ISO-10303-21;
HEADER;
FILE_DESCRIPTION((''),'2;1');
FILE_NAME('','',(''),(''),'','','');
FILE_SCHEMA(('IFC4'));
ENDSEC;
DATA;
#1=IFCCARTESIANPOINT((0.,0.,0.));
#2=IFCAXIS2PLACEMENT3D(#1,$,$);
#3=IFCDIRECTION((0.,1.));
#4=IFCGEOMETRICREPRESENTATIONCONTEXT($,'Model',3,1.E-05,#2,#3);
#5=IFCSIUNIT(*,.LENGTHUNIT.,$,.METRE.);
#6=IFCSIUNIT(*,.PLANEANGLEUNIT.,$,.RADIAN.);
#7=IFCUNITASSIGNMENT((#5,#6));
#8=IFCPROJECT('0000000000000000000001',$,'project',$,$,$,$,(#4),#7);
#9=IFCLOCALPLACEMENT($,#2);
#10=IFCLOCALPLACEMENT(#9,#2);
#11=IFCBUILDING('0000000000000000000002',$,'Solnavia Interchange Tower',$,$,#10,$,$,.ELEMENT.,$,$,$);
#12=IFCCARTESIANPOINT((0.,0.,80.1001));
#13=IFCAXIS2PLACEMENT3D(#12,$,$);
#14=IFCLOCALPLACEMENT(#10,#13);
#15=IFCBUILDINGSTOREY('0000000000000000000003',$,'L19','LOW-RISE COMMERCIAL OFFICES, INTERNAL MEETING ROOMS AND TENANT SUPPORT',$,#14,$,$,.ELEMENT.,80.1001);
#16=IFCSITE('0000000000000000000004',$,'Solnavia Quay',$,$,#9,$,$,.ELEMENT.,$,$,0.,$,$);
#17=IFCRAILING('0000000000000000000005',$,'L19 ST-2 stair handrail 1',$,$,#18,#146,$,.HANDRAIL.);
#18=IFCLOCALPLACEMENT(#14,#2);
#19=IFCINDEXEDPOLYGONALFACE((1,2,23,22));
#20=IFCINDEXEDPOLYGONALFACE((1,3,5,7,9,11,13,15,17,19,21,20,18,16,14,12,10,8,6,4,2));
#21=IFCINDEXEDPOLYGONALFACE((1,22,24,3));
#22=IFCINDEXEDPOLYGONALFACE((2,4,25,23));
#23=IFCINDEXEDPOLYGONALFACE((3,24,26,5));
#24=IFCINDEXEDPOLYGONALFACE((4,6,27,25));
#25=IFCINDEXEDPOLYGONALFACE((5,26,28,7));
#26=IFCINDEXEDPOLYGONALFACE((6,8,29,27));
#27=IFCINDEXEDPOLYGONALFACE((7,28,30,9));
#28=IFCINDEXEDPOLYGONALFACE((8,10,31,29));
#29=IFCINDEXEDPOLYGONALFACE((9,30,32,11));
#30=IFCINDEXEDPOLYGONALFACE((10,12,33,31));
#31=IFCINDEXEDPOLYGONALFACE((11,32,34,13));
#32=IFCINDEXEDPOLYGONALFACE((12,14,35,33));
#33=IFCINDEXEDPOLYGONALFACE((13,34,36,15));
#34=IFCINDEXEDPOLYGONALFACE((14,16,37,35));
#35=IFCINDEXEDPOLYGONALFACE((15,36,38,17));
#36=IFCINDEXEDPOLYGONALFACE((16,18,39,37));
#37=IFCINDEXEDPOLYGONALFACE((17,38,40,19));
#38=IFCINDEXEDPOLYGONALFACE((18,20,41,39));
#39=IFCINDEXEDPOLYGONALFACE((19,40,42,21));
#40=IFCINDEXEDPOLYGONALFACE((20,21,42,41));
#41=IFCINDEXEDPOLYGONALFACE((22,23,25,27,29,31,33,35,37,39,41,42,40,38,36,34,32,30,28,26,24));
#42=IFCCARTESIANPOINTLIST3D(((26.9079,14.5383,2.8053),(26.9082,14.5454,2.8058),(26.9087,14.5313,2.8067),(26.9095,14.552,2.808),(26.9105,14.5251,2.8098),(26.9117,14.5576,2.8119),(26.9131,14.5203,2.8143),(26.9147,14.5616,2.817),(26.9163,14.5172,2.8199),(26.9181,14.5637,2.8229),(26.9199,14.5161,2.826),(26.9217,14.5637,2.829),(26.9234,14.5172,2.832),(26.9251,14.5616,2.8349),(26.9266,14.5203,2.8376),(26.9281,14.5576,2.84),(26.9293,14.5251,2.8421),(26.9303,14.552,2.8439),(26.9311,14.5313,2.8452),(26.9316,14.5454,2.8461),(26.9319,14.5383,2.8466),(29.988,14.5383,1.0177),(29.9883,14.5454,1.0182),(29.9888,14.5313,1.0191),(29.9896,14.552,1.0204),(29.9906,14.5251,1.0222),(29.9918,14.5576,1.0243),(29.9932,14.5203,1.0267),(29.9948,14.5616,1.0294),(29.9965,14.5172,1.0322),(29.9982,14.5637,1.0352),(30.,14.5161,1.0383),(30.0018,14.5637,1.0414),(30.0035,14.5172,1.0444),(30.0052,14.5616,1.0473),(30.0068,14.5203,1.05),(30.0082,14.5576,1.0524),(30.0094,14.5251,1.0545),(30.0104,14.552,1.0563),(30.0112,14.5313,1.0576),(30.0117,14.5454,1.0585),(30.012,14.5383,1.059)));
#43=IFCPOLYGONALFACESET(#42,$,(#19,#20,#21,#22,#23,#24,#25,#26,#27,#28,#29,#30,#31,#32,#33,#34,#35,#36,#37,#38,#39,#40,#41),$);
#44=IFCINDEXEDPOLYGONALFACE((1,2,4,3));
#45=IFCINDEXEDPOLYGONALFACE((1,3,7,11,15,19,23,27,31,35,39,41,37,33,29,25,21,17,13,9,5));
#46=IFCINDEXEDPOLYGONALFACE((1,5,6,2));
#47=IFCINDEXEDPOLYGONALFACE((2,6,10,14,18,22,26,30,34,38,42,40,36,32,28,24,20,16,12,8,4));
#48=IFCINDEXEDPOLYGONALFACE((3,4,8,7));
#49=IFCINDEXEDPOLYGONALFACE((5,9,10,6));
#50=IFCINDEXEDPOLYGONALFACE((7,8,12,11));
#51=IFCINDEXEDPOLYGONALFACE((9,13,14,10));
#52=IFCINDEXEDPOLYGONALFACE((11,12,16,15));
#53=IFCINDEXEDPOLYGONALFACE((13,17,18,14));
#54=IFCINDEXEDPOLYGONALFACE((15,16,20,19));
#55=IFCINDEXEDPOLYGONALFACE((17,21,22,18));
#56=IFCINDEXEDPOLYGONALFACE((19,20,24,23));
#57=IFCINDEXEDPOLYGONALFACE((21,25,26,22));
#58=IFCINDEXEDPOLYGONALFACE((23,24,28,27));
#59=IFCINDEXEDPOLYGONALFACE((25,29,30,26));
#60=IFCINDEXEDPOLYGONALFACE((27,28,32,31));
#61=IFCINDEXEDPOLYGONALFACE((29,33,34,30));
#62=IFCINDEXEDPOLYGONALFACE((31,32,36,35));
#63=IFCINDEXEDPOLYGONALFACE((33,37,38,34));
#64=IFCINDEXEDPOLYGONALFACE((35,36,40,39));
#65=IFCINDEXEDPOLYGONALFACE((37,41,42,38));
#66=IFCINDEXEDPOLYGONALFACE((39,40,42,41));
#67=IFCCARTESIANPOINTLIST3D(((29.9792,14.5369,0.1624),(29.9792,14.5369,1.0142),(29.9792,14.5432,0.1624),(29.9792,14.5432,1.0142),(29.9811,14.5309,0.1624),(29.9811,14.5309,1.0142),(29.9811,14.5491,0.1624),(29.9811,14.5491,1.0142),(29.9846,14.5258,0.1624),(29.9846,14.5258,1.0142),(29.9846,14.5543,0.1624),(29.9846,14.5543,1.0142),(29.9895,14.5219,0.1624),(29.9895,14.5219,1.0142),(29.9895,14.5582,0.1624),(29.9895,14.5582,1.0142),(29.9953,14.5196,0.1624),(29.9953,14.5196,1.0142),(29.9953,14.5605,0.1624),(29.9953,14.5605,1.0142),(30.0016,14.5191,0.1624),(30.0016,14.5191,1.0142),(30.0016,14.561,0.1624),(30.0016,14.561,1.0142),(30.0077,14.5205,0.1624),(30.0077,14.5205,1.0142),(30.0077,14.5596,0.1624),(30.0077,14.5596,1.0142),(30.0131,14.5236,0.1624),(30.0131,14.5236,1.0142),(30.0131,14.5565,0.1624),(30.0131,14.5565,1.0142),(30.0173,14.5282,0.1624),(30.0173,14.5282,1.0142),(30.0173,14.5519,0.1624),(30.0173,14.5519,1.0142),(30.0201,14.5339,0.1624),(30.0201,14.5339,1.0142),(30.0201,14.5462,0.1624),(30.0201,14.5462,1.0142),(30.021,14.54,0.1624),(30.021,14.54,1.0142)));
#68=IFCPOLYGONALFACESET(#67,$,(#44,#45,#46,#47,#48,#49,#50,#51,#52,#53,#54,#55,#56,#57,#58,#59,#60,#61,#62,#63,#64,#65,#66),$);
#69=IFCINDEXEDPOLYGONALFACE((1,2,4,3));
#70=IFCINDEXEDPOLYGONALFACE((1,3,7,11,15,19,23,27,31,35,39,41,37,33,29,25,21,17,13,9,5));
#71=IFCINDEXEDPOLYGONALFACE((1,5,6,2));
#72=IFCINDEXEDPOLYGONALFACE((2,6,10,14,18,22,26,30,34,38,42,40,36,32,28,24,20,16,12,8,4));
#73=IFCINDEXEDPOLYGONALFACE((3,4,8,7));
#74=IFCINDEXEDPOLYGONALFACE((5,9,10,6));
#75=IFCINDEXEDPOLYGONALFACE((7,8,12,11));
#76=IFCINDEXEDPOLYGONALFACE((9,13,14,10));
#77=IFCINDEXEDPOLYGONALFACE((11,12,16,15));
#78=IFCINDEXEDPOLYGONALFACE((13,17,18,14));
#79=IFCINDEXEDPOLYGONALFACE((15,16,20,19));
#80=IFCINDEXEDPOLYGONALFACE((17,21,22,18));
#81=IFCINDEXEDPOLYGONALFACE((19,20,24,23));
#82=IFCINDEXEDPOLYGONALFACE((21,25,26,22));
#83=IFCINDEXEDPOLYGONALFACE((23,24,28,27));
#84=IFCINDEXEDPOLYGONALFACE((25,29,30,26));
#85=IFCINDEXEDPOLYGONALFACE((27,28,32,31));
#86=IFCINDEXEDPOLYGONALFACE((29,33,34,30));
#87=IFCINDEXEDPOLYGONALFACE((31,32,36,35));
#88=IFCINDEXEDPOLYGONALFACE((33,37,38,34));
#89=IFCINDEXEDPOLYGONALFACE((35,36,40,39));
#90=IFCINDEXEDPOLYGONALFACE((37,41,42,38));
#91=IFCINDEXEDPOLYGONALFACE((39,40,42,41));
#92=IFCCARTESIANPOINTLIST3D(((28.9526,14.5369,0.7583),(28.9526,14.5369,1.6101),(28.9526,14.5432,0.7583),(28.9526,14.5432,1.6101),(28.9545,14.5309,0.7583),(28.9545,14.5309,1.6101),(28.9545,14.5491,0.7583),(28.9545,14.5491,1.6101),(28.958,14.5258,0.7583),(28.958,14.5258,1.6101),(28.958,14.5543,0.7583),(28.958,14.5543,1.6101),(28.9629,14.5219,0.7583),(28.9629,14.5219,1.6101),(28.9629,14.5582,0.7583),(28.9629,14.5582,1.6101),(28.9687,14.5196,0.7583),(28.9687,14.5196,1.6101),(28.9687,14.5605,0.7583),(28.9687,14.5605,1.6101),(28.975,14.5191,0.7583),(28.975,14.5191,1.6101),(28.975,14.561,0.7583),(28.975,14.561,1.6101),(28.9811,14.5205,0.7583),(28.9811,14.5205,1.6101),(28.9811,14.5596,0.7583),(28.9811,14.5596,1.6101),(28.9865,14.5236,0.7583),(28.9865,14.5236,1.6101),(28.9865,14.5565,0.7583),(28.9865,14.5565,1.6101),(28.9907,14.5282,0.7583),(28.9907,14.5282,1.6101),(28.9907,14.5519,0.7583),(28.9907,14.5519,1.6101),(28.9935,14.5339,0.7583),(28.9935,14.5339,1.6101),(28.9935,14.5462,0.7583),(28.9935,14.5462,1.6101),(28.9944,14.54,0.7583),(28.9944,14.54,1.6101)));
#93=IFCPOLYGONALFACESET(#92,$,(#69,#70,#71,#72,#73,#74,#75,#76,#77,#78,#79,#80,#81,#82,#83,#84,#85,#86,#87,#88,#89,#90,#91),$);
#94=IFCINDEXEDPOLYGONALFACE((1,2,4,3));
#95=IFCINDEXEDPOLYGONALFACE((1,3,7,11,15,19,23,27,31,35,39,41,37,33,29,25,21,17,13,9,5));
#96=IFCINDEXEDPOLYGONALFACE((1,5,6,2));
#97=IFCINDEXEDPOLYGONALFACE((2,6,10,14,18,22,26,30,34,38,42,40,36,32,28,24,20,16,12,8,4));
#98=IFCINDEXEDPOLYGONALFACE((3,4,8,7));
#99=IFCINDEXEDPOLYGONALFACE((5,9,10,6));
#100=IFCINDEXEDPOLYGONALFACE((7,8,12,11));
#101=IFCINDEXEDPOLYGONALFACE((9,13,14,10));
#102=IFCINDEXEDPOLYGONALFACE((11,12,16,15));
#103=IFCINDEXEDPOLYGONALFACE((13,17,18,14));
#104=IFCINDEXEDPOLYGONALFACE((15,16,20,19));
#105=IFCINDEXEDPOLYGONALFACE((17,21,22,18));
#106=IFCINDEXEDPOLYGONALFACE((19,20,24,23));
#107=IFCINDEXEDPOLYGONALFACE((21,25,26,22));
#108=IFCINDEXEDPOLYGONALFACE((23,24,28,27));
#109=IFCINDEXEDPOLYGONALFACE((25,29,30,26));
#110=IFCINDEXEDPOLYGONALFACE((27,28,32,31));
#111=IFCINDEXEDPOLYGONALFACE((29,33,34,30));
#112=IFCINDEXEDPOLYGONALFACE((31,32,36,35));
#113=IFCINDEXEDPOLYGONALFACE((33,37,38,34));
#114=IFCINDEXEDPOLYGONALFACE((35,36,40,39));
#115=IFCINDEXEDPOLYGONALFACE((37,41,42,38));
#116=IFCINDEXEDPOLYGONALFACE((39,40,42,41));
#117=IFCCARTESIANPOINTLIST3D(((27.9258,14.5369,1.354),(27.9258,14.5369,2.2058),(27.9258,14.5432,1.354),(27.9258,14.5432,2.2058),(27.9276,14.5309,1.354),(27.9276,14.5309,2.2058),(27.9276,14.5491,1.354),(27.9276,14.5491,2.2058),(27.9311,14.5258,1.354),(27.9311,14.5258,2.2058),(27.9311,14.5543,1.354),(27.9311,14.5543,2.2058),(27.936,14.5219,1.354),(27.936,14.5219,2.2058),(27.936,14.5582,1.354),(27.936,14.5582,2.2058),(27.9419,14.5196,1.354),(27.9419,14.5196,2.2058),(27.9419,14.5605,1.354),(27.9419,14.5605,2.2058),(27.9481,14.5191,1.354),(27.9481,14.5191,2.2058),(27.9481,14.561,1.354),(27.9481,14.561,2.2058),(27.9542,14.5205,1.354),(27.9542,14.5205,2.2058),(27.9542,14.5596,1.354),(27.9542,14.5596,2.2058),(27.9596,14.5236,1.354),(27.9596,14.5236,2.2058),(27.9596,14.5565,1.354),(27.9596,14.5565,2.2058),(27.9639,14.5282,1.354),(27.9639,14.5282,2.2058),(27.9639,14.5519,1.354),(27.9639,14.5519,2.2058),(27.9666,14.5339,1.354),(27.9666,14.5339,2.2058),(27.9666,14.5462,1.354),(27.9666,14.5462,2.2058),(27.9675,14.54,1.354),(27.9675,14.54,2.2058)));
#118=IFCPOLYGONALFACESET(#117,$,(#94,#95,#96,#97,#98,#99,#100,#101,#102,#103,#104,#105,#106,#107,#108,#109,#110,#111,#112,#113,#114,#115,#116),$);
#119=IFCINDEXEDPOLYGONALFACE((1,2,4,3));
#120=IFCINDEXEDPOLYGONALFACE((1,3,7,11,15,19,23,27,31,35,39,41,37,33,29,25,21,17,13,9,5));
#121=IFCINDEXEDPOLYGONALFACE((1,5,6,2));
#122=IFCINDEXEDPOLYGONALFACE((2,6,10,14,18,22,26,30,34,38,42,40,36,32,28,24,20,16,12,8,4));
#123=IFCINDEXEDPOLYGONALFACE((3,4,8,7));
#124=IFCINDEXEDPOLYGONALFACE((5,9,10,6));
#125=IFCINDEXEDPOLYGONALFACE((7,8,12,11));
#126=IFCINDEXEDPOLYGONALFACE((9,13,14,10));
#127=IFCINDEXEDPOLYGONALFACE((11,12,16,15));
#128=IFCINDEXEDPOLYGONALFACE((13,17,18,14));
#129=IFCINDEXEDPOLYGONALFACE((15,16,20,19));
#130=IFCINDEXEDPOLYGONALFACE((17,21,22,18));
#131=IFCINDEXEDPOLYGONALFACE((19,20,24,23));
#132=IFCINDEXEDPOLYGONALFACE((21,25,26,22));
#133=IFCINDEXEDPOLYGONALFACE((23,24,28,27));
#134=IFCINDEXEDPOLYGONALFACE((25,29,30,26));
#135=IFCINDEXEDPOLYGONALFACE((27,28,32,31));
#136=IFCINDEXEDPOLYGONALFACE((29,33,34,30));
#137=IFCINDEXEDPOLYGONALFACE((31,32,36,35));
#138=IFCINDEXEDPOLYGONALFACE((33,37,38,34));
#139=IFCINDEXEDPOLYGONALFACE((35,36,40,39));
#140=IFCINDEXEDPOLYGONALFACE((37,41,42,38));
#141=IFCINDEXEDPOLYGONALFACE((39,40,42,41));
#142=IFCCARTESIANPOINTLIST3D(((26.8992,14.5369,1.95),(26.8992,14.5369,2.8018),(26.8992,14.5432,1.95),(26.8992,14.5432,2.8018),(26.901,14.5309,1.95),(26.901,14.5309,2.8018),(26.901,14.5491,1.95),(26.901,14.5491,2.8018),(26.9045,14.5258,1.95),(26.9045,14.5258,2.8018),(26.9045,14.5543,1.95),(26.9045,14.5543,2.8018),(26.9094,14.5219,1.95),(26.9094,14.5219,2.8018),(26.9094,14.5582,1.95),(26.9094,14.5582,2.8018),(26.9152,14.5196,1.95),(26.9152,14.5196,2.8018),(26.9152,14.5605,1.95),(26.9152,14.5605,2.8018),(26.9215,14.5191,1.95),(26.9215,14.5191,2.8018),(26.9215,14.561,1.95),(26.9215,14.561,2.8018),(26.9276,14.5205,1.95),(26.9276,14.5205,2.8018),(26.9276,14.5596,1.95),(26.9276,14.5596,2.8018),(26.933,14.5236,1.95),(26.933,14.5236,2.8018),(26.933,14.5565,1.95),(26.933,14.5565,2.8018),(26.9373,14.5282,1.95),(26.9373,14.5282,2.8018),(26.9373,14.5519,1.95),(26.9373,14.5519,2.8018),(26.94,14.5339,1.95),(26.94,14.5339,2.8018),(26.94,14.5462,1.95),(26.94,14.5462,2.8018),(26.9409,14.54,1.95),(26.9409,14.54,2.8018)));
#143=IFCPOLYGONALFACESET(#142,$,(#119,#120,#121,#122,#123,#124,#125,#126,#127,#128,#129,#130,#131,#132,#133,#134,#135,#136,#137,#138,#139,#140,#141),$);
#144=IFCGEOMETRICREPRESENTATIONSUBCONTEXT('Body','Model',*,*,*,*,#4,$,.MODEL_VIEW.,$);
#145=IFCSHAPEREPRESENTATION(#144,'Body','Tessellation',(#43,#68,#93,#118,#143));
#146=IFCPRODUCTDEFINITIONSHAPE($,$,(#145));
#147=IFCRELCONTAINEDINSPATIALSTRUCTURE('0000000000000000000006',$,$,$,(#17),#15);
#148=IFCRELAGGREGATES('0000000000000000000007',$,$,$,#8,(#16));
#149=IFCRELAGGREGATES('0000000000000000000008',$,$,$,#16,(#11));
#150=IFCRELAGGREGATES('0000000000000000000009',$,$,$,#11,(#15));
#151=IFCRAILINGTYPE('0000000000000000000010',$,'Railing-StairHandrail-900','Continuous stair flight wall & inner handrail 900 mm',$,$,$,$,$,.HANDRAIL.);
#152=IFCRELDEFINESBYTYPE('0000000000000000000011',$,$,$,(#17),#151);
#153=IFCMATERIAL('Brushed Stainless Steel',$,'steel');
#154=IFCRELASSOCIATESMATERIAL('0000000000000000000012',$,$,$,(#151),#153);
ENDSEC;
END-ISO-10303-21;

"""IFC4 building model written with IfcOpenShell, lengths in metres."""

from ifc_helpers import new_model, si_unit, direction, frame, origin, origin_2d, place, context, subcontext, project, spatial, circle, extrude, material, type_object, element, save


model = new_model("IFC4")

# Units and contexts
model_context = context("Model", 3, precision=1e-05, world=origin(), true_north=direction((0.0, 1.0)))
body_context = subcontext(model_context, "Body", "Model", "MODEL_VIEW")
ifc_project = project(units=[si_unit("LENGTHUNIT", "METRE"), si_unit("PLANEANGLEUNIT", "RADIAN")], contexts=[model_context])

# Site, building, storey
site_placement = place(None, origin())
site = spatial("IfcSite", under=ifc_project, at=site_placement, Name="Solnavia Quay", CompositionType="ELEMENT", RefElevation=0.0)
building_placement = place(site_placement, origin())
building = spatial("IfcBuilding", under=site, at=building_placement, Name="Solnavia Interchange Tower", CompositionType="ELEMENT")
storey_placement = place(building_placement, frame((0.0, 0.0, 80.1001)))
storey = spatial("IfcBuildingStorey", under=building, at=storey_placement, Name="L19", Description="LOW-RISE COMMERCIAL OFFICES, INTERNAL MEETING ROOMS AND TENANT SUPPORT", CompositionType="ELEMENT", Elevation=80.1001)

# Railing
ifc_material_1 = material(Name="Brushed Stainless Steel", Category="steel")
railing_type_1 = type_object("IfcRailingType", Name="Railing-StairHandrail-900", Description="Continuous stair flight wall & inner handrail 900 mm", PredefinedType="HANDRAIL", material=ifc_material_1)
railing_1_placement = place(storey_placement, frame((30.0, 14.54, 0.1624)))
element("IfcRailing", 1, at=railing_1_placement, inside=storey, type_object=railing_type_1, Name="L19 ST-2 stair handrail 1", PredefinedType="HANDRAIL", context=body_context, shape_type="SweptSolid", body=[
    extrude(circle(Radius=0.0239, at=origin_2d()), frame((0.0, 0.0, 0.876), z_axis=(-0.864891, 0.0, 0.50196), x_axis=(0.0, -1.0, 0.0)), (0.0, 0.0, 1.0), 3.5613),
    extrude(circle(Radius=0.021, at=origin_2d()), origin(), (0.0, 0.0, 1.0), 0.8518),
    extrude(circle(Radius=0.021, at=origin_2d()), frame((-1.0266, 0.0, 0.5959)), (0.0, 0.0, 1.0), 0.8518),
    extrude(circle(Radius=0.021, at=origin_2d()), frame((-2.0535, 0.0, 1.1917)), (0.0, 0.0, 1.0), 0.8518),
    extrude(circle(Radius=0.021, at=origin_2d()), frame((-3.0801, 0.0, 1.7876)), (0.0, 0.0, 1.0), 0.8518),
])

save(model, "model.ifc")
